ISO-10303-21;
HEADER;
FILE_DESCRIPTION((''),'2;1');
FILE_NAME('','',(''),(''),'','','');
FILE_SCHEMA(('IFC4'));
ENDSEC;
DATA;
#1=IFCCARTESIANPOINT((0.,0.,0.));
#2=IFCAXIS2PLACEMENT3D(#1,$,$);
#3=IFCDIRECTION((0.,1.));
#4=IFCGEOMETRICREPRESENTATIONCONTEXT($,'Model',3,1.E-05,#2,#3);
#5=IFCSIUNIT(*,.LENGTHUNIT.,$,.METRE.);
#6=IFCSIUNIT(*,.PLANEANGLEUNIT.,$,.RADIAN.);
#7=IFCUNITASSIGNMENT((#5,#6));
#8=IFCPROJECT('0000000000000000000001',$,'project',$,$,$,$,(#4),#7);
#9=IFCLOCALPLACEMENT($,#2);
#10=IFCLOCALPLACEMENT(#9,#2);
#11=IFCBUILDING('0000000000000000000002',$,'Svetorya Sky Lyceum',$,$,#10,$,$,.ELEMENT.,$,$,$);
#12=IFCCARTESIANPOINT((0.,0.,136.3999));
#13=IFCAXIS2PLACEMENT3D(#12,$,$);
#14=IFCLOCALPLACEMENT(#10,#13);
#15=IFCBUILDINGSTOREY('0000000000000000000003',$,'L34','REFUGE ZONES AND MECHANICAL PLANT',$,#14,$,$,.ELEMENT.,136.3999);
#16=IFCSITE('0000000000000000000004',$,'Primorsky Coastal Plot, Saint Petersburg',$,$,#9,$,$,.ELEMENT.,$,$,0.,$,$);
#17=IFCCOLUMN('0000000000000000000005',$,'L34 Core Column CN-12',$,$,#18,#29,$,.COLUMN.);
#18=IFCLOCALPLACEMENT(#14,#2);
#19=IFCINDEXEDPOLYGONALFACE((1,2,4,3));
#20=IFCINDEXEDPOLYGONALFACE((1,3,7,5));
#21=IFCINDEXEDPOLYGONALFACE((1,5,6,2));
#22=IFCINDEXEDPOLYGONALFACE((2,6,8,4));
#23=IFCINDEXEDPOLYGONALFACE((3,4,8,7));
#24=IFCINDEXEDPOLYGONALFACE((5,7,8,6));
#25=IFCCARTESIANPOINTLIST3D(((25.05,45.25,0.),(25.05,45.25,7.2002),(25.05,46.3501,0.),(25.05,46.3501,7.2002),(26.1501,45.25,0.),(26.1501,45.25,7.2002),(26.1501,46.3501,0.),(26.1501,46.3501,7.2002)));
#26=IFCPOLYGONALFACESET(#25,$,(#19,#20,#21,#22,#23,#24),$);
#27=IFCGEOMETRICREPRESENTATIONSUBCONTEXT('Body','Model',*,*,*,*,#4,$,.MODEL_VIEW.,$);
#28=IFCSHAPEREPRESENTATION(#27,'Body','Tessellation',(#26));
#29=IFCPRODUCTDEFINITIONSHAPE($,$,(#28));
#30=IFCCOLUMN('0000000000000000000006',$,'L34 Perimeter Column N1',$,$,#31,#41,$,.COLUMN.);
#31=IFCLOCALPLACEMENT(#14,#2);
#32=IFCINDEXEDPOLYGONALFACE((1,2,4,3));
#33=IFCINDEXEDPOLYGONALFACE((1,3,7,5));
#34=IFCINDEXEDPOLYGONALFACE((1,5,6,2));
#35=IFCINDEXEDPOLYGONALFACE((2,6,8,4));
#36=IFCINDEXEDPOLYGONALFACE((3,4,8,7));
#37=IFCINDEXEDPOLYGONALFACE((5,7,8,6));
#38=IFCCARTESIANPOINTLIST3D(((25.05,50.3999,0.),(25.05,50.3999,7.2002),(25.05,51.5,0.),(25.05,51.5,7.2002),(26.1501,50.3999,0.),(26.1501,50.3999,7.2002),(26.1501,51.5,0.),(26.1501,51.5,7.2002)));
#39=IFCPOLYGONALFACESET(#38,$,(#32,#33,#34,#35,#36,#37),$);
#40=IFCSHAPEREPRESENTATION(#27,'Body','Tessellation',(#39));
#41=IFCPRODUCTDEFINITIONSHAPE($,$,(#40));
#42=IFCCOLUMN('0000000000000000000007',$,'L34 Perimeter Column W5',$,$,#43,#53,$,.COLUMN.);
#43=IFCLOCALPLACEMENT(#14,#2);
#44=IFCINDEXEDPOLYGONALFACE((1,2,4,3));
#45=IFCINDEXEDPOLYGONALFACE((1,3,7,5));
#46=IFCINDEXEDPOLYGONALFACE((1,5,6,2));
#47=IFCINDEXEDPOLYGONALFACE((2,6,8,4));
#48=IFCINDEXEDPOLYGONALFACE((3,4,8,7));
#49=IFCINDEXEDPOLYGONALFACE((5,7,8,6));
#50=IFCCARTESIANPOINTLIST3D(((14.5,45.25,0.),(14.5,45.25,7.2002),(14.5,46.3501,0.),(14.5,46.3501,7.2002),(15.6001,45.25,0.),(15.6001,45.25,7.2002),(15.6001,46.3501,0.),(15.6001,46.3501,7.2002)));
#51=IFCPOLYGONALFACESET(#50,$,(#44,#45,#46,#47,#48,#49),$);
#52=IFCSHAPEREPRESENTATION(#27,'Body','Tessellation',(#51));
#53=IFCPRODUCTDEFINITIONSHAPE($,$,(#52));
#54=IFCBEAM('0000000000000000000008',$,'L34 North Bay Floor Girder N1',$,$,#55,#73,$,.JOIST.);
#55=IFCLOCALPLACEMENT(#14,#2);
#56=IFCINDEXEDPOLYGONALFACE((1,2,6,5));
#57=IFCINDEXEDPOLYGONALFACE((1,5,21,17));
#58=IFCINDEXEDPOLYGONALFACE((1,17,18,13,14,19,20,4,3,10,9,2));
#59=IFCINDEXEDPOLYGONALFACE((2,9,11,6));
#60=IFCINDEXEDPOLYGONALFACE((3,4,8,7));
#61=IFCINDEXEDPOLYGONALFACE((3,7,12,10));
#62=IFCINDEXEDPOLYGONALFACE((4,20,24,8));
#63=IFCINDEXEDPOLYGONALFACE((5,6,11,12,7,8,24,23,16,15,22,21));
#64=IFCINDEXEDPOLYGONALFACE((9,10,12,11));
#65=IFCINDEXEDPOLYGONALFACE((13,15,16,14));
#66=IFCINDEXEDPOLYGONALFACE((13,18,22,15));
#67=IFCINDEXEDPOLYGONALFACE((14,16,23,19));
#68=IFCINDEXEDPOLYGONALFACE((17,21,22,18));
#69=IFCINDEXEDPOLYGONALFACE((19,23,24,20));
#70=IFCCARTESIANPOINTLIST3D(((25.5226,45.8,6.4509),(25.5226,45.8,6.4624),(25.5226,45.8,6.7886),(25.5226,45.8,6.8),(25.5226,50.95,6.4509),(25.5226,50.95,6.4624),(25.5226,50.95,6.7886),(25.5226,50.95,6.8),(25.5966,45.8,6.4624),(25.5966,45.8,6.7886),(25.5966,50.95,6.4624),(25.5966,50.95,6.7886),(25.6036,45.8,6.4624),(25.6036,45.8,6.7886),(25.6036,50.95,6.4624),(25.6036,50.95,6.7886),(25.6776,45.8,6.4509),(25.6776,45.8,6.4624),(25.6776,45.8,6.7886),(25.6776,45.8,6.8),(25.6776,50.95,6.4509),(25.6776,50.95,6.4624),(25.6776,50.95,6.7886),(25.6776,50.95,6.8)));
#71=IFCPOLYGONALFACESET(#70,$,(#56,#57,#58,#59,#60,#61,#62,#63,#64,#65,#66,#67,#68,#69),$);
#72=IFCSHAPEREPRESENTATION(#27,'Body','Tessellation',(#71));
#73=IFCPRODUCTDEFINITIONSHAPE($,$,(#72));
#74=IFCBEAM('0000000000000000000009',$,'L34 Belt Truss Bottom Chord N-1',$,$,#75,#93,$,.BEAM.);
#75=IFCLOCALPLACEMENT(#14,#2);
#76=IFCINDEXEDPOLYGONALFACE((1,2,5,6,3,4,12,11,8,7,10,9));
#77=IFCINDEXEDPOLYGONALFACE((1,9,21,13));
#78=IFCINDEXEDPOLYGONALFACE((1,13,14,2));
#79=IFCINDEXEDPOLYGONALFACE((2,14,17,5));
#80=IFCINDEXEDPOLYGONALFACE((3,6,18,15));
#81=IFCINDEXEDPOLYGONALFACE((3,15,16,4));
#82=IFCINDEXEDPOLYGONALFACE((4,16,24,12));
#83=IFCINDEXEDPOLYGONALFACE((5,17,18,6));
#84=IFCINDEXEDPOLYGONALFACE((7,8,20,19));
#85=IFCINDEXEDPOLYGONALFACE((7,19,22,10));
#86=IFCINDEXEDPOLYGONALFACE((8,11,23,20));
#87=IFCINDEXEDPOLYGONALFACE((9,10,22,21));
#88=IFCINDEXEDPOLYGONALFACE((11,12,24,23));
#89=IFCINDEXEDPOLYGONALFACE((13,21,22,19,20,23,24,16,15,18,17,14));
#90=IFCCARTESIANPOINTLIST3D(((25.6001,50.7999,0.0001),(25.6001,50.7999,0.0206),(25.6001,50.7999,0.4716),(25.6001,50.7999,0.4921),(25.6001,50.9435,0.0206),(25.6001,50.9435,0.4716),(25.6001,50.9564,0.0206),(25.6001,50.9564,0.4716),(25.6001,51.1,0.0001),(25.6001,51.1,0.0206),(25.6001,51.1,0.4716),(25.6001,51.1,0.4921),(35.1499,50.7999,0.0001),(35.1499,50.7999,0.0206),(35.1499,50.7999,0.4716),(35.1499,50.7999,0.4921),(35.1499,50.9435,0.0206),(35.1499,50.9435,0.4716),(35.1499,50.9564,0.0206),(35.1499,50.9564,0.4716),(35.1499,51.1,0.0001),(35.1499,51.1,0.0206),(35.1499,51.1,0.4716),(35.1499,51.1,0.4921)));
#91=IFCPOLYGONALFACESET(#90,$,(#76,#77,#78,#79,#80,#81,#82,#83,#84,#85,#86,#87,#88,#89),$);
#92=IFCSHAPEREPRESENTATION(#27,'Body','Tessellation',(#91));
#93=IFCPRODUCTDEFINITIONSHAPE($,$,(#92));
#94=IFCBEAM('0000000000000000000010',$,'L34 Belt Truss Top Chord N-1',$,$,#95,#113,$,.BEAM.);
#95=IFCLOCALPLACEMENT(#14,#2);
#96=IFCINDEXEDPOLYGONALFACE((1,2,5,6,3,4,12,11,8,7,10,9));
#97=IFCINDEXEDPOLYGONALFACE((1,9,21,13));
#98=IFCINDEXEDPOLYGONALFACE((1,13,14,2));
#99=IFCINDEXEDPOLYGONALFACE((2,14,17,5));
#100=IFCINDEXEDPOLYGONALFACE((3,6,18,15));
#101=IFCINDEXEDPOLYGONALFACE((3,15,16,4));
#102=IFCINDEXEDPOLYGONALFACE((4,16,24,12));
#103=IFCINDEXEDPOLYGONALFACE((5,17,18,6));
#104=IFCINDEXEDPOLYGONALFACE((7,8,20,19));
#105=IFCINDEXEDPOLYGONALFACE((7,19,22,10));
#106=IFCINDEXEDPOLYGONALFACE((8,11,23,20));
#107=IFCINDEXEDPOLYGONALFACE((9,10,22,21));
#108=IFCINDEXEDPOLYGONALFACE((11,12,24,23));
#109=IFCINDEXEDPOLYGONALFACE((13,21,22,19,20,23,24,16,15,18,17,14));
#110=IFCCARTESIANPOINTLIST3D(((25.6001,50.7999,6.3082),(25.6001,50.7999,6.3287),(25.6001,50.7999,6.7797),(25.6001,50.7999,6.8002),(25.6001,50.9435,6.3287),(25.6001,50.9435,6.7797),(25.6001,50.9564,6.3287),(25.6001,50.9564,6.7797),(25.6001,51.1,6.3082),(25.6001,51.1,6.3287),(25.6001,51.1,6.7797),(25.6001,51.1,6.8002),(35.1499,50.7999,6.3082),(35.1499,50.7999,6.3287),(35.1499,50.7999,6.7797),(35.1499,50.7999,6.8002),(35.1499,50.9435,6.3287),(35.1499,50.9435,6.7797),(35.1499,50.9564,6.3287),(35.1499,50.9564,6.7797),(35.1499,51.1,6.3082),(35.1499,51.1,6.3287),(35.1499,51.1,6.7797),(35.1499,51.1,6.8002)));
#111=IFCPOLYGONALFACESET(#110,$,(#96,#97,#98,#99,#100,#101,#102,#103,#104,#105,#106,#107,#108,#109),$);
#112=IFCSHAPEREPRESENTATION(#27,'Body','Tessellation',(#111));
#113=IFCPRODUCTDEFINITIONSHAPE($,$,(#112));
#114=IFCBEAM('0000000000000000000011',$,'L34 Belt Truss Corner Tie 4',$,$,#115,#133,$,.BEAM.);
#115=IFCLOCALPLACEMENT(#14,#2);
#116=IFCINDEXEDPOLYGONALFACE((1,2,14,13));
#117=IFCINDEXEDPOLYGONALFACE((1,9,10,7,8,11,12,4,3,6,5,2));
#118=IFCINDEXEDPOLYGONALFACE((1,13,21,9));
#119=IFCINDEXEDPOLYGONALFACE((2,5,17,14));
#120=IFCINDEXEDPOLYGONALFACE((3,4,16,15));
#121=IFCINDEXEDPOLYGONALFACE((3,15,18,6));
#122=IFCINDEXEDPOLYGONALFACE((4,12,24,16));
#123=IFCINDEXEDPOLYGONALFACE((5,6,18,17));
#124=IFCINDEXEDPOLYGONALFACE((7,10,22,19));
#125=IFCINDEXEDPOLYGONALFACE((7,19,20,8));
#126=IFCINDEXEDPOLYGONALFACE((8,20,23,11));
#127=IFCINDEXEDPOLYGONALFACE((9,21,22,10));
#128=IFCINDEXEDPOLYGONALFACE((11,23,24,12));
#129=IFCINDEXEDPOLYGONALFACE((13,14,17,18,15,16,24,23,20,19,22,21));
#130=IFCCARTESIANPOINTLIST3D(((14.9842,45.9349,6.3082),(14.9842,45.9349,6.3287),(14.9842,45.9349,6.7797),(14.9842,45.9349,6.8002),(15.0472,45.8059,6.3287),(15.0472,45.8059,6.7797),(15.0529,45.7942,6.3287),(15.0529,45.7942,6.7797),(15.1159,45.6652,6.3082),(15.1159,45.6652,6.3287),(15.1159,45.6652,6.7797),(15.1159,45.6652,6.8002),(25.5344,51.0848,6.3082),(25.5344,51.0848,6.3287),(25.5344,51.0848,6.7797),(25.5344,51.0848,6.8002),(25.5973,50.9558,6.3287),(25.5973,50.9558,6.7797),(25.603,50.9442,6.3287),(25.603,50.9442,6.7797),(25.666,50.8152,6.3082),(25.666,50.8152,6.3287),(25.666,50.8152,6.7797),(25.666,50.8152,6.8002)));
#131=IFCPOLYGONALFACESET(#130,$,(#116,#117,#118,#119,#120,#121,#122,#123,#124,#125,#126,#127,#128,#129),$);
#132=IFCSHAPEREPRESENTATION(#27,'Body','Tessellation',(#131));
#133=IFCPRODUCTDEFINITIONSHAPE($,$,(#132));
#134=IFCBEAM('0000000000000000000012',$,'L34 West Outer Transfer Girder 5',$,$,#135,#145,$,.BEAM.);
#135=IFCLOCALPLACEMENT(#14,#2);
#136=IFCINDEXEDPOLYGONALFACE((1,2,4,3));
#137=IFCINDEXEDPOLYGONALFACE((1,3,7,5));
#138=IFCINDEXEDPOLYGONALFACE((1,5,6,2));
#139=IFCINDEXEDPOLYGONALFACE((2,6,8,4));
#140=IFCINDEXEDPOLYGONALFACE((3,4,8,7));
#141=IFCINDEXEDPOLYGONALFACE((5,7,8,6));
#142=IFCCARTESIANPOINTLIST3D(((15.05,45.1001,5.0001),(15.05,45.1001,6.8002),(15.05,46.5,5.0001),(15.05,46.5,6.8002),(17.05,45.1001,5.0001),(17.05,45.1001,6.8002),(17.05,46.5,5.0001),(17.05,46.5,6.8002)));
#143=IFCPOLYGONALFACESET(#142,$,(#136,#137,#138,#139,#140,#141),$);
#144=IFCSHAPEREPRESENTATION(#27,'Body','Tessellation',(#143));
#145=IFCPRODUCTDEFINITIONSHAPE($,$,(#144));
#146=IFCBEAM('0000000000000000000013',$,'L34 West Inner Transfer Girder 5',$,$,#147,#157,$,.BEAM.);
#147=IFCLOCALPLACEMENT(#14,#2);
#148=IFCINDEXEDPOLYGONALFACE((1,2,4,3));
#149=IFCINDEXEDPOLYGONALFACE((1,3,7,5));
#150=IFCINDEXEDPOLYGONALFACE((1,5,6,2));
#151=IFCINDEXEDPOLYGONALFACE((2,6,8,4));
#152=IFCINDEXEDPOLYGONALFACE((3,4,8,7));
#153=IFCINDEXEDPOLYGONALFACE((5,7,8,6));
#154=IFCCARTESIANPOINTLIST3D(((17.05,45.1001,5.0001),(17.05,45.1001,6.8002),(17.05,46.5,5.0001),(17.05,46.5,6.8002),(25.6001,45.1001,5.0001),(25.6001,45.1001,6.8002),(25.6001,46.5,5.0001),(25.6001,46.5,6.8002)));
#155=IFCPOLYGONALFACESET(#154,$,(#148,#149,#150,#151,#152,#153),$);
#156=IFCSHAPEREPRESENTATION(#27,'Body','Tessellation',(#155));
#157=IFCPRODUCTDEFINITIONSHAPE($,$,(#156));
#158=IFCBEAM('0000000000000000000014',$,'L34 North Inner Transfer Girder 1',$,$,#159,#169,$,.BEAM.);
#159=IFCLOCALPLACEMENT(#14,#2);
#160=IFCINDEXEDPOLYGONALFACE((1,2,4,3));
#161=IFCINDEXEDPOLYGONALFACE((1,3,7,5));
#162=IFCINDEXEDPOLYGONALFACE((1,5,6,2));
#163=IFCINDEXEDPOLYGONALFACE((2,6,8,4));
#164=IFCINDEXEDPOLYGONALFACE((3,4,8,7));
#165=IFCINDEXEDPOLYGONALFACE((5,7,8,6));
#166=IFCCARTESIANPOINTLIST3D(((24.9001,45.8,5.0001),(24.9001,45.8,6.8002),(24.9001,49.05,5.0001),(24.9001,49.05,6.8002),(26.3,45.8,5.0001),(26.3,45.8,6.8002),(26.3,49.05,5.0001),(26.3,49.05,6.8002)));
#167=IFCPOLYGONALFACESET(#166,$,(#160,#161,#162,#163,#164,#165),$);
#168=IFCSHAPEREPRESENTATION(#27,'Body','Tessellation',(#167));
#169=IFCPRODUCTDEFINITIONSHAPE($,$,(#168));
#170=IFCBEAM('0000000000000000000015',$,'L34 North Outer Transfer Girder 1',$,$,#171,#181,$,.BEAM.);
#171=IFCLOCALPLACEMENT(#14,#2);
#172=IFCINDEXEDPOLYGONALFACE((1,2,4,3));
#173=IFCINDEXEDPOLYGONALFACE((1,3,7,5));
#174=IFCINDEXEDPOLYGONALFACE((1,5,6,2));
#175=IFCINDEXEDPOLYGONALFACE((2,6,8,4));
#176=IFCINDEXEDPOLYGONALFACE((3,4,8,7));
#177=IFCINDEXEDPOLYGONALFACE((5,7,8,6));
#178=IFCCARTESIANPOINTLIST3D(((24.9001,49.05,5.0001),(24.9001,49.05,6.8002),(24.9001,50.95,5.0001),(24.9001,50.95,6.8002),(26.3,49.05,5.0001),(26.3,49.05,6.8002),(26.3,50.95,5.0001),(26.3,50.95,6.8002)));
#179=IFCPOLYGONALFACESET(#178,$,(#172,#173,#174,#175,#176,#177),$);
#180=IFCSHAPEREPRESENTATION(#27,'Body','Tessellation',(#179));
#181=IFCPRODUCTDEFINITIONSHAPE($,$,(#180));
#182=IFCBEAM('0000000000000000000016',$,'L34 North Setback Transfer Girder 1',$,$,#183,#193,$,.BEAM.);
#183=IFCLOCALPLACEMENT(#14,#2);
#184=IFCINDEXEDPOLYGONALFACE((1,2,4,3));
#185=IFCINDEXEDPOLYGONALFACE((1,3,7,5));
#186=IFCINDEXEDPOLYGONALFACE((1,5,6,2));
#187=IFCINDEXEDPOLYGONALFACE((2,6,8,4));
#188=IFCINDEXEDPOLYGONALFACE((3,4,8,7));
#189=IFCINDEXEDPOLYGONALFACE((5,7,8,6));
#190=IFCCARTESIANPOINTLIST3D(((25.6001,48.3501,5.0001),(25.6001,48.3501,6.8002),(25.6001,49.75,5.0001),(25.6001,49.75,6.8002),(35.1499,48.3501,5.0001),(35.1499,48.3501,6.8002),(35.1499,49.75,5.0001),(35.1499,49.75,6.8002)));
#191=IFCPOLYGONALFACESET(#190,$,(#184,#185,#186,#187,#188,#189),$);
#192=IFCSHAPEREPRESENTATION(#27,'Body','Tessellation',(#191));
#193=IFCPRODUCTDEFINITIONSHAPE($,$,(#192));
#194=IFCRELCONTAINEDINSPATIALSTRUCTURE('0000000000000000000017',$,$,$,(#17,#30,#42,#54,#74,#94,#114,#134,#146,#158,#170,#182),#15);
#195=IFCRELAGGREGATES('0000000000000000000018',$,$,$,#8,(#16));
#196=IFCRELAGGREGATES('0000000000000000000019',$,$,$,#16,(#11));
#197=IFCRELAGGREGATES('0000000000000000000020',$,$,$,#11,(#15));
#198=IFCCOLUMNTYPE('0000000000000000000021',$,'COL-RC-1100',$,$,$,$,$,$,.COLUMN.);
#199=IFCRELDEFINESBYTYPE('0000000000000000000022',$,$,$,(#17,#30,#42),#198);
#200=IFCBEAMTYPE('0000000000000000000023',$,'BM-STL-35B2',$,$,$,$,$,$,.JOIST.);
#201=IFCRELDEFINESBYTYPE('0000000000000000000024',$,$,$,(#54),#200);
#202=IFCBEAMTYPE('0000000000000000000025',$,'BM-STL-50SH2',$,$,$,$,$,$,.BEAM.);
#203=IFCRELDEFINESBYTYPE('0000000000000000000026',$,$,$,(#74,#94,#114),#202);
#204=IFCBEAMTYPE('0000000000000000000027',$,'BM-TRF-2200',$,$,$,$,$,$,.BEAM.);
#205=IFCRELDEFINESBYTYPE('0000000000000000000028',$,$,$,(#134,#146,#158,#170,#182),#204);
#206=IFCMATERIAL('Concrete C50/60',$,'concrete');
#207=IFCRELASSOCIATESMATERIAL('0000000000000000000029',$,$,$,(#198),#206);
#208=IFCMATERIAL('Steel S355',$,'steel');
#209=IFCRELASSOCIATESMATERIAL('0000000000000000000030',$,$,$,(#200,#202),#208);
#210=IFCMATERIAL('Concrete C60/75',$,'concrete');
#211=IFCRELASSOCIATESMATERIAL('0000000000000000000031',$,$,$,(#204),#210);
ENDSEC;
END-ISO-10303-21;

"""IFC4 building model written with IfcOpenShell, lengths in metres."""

from ifc_helpers import new_model, si_unit, direction, frame, origin, origin_2d, place, context, subcontext, project, spatial, rectangle, i_section, extrude, material, material_profile, profile_set, type_object, element, save


model = new_model("IFC4")

# Units and contexts
model_context = context("Model", 3, precision=1e-05, world=origin(), true_north=direction((0.0, 1.0)))
body_context = subcontext(model_context, "Body", "Model", "MODEL_VIEW")
ifc_project = project(units=[si_unit("LENGTHUNIT", "METRE"), si_unit("PLANEANGLEUNIT", "RADIAN")], contexts=[model_context])

# Site, building, storey
site_placement = place(None, origin())
site = spatial("IfcSite", under=ifc_project, at=site_placement, Name="Primorsky Coastal Plot, Saint Petersburg", CompositionType="ELEMENT", RefElevation=0.0)
building_placement = place(site_placement, origin())
building = spatial("IfcBuilding", under=site, at=building_placement, Name="Svetorya Sky Lyceum", CompositionType="ELEMENT")
storey_placement = place(building_placement, frame((0.0, 0.0, 136.3999)))
storey = spatial("IfcBuildingStorey", under=building, at=storey_placement, Name="L34", Description="REFUGE ZONES AND MECHANICAL PLANT", CompositionType="ELEMENT", Elevation=136.3999)

# Columns
ifc_material_1 = material(Name="Concrete C50/60", Category="concrete")
ifc_material_profile_1 = material_profile(ifc_material_1, rectangle(XDim=1.1001, YDim=1.1001, at=origin_2d()), Name="RC COL 1100x1100")
ifc_profile_set_1 = profile_set([ifc_material_profile_1], Name="Concrete C50/60")
column_type = type_object("IfcColumnType", Name="COL-RC-1100", PredefinedType="COLUMN", material=ifc_profile_set_1)
for number, where, z_axis, x_axis, name in (
    (1, (25.6001, 45.8, 0.0), (0.0, 0.0, 1.0), (1.0, 0.0, 0.0), "L34 Core Column CN-12"),
    (2, (25.6001, 50.95, 0.0), (0.0, 0.0, 1.0), (1.0, 0.0, 0.0), "L34 Perimeter Column N1"),
    (3, (15.05, 45.8, 0.0), (0.0, 0.0, 1.0), (1.0, 0.0, 0.0), "L34 Perimeter Column W5"),
):
    element("IfcColumn", number, at=place(storey_placement, frame(where, z_axis=z_axis, x_axis=x_axis)), inside=storey, type_object=column_type, Name=name, PredefinedType="COLUMN", context=body_context, shape_type="SweptSolid", body=[
        extrude(rectangle(XDim=1.1001, YDim=1.1001, at=origin_2d()), origin(), (0.0, 0.0, 1.0), 7.2002),
    ])

# Beams
ifc_material_2 = material(Name="Steel S355", Category="steel")
ifc_material_profile_2 = material_profile(ifc_material_2, i_section(OverallWidth=0.155, OverallDepth=0.3491, WebThickness=0.0071, FlangeThickness=0.0115, at=origin_2d()), Name="GOST 35B2")
ifc_profile_set_2 = profile_set([ifc_material_profile_2], Name="Steel S355")
beam_type_1 = type_object("IfcBeamType", Name="BM-STL-35B2", PredefinedType="JOIST", material=ifc_profile_set_2)
beam_1_placement = place(storey_placement, frame((25.6001, 45.8, 6.6255), z_axis=(0.0, 1.0, 0.0), x_axis=(-1.0, 0.0, 0.0)))
element("IfcBeam", 4, at=beam_1_placement, inside=storey, type_object=beam_type_1, Name="L34 North Bay Floor Girder N1", PredefinedType="JOIST", context=body_context, shape_type="SweptSolid", body=[
    extrude(i_section(OverallWidth=0.155, OverallDepth=0.3491, WebThickness=0.0071, FlangeThickness=0.0115, at=origin_2d()), origin(), (0.0, 0.0, 1.0), 5.1499),
])
ifc_material_profile_3 = material_profile(ifc_material_2, i_section(OverallWidth=0.3, OverallDepth=0.4919, WebThickness=0.0129, FlangeThickness=0.0205, at=origin_2d()), Name="GOST 50Sh2")
ifc_profile_set_3 = profile_set([ifc_material_profile_3], Name="Steel S355")
beam_type_2 = type_object("IfcBeamType", Name="BM-STL-50SH2", PredefinedType="BEAM", material=ifc_profile_set_3)
for number, where, z_axis, x_axis, name in (
    (5, (25.6001, 50.95, 0.2461), (1.0, 0.0, 0.0), (0.0, 1.0, 0.0), "L34 Belt Truss Bottom Chord N-1"),
    (6, (25.6001, 50.95, 6.5542), (1.0, 0.0, 0.0), (0.0, 1.0, 0.0), "L34 Belt Truss Top Chord N-1"),
):
    element("IfcBeam", number, at=place(storey_placement, frame(where, z_axis=z_axis, x_axis=x_axis)), inside=storey, type_object=beam_type_2, Name=name, PredefinedType="BEAM", context=body_context, shape_type="SweptSolid", body=[
        extrude(i_section(OverallWidth=0.3, OverallDepth=0.4919, WebThickness=0.0129, FlangeThickness=0.0205, at=origin_2d()), origin(), (0.0, 0.0, 1.0), 9.5498),
    ])
beam_2_placement = place(storey_placement, frame((15.05, 45.8, 6.5542), z_axis=(0.89865, 0.438667, 0.0), x_axis=(-0.438667, 0.89865, 0.0)))
element("IfcBeam", 7, at=beam_2_placement, inside=storey, type_object=beam_type_2, Name="L34 Belt Truss Corner Tie 4", PredefinedType="BEAM", context=body_context, shape_type="SweptSolid", body=[
    extrude(i_section(OverallWidth=0.3, OverallDepth=0.4919, WebThickness=0.0129, FlangeThickness=0.0205, at=origin_2d()), origin(), (0.0, 0.0, 1.0), 11.74),
])
ifc_material_3 = material(Name="Concrete C60/75", Category="concrete")
ifc_material_profile_4 = material_profile(ifc_material_3, rectangle(XDim=1.3999, YDim=1.8, at=origin_2d()), Name="RC TRANSFER 1400x1800")
ifc_profile_set_4 = profile_set([ifc_material_profile_4], Name="Concrete C60/75")
beam_type_3 = type_object("IfcBeamType", Name="BM-TRF-2200", PredefinedType="BEAM", material=ifc_profile_set_4)
beam_3_placement = place(storey_placement, frame((15.05, 45.8, 5.9001), z_axis=(1.0, 0.0, 0.0), x_axis=(0.0, 1.0, 0.0)))
element("IfcBeam", 8, at=beam_3_placement, inside=storey, type_object=beam_type_3, Name="L34 West Outer Transfer Girder 5", PredefinedType="BEAM", context=body_context, shape_type="SweptSolid", body=[
    extrude(rectangle(XDim=1.3999, YDim=1.8, at=origin_2d()), origin(), (0.0, 0.0, 1.0), 2.0),
])
beam_4_placement = place(storey_placement, frame((17.05, 45.8, 5.9001), z_axis=(1.0, 0.0, 0.0), x_axis=(0.0, 1.0, 0.0)))
element("IfcBeam", 9, at=beam_4_placement, inside=storey, type_object=beam_type_3, Name="L34 West Inner Transfer Girder 5", PredefinedType="BEAM", context=body_context, shape_type="SweptSolid", body=[
    extrude(rectangle(XDim=1.3999, YDim=1.8, at=origin_2d()), origin(), (0.0, 0.0, 1.0), 8.55),
])
beam_5_placement = place(storey_placement, frame((25.6001, 45.8, 5.9001), z_axis=(0.0, 1.0, 0.0), x_axis=(-1.0, 0.0, 0.0)))
element("IfcBeam", 10, at=beam_5_placement, inside=storey, type_object=beam_type_3, Name="L34 North Inner Transfer Girder 1", PredefinedType="BEAM", context=body_context, shape_type="SweptSolid", body=[
    extrude(rectangle(XDim=1.3999, YDim=1.8, at=origin_2d()), origin(), (0.0, 0.0, 1.0), 3.25),
])
beam_6_placement = place(storey_placement, frame((25.6001, 49.05, 5.9001), z_axis=(0.0, 1.0, 0.0), x_axis=(-1.0, 0.0, 0.0)))
element("IfcBeam", 11, at=beam_6_placement, inside=storey, type_object=beam_type_3, Name="L34 North Outer Transfer Girder 1", PredefinedType="BEAM", context=body_context, shape_type="SweptSolid", body=[
    extrude(rectangle(XDim=1.3999, YDim=1.8, at=origin_2d()), origin(), (0.0, 0.0, 1.0), 1.8999),
])
beam_7_placement = place(storey_placement, frame((25.6001, 49.05, 5.9001), z_axis=(1.0, 0.0, 0.0), x_axis=(0.0, 1.0, 0.0)))
element("IfcBeam", 12, at=beam_7_placement, inside=storey, type_object=beam_type_3, Name="L34 North Setback Transfer Girder 1", PredefinedType="BEAM", context=body_context, shape_type="SweptSolid", body=[
    extrude(rectangle(XDim=1.3999, YDim=1.8, at=origin_2d()), origin(), (0.0, 0.0, 1.0), 9.5498),
])

save(model, "model.ifc")
